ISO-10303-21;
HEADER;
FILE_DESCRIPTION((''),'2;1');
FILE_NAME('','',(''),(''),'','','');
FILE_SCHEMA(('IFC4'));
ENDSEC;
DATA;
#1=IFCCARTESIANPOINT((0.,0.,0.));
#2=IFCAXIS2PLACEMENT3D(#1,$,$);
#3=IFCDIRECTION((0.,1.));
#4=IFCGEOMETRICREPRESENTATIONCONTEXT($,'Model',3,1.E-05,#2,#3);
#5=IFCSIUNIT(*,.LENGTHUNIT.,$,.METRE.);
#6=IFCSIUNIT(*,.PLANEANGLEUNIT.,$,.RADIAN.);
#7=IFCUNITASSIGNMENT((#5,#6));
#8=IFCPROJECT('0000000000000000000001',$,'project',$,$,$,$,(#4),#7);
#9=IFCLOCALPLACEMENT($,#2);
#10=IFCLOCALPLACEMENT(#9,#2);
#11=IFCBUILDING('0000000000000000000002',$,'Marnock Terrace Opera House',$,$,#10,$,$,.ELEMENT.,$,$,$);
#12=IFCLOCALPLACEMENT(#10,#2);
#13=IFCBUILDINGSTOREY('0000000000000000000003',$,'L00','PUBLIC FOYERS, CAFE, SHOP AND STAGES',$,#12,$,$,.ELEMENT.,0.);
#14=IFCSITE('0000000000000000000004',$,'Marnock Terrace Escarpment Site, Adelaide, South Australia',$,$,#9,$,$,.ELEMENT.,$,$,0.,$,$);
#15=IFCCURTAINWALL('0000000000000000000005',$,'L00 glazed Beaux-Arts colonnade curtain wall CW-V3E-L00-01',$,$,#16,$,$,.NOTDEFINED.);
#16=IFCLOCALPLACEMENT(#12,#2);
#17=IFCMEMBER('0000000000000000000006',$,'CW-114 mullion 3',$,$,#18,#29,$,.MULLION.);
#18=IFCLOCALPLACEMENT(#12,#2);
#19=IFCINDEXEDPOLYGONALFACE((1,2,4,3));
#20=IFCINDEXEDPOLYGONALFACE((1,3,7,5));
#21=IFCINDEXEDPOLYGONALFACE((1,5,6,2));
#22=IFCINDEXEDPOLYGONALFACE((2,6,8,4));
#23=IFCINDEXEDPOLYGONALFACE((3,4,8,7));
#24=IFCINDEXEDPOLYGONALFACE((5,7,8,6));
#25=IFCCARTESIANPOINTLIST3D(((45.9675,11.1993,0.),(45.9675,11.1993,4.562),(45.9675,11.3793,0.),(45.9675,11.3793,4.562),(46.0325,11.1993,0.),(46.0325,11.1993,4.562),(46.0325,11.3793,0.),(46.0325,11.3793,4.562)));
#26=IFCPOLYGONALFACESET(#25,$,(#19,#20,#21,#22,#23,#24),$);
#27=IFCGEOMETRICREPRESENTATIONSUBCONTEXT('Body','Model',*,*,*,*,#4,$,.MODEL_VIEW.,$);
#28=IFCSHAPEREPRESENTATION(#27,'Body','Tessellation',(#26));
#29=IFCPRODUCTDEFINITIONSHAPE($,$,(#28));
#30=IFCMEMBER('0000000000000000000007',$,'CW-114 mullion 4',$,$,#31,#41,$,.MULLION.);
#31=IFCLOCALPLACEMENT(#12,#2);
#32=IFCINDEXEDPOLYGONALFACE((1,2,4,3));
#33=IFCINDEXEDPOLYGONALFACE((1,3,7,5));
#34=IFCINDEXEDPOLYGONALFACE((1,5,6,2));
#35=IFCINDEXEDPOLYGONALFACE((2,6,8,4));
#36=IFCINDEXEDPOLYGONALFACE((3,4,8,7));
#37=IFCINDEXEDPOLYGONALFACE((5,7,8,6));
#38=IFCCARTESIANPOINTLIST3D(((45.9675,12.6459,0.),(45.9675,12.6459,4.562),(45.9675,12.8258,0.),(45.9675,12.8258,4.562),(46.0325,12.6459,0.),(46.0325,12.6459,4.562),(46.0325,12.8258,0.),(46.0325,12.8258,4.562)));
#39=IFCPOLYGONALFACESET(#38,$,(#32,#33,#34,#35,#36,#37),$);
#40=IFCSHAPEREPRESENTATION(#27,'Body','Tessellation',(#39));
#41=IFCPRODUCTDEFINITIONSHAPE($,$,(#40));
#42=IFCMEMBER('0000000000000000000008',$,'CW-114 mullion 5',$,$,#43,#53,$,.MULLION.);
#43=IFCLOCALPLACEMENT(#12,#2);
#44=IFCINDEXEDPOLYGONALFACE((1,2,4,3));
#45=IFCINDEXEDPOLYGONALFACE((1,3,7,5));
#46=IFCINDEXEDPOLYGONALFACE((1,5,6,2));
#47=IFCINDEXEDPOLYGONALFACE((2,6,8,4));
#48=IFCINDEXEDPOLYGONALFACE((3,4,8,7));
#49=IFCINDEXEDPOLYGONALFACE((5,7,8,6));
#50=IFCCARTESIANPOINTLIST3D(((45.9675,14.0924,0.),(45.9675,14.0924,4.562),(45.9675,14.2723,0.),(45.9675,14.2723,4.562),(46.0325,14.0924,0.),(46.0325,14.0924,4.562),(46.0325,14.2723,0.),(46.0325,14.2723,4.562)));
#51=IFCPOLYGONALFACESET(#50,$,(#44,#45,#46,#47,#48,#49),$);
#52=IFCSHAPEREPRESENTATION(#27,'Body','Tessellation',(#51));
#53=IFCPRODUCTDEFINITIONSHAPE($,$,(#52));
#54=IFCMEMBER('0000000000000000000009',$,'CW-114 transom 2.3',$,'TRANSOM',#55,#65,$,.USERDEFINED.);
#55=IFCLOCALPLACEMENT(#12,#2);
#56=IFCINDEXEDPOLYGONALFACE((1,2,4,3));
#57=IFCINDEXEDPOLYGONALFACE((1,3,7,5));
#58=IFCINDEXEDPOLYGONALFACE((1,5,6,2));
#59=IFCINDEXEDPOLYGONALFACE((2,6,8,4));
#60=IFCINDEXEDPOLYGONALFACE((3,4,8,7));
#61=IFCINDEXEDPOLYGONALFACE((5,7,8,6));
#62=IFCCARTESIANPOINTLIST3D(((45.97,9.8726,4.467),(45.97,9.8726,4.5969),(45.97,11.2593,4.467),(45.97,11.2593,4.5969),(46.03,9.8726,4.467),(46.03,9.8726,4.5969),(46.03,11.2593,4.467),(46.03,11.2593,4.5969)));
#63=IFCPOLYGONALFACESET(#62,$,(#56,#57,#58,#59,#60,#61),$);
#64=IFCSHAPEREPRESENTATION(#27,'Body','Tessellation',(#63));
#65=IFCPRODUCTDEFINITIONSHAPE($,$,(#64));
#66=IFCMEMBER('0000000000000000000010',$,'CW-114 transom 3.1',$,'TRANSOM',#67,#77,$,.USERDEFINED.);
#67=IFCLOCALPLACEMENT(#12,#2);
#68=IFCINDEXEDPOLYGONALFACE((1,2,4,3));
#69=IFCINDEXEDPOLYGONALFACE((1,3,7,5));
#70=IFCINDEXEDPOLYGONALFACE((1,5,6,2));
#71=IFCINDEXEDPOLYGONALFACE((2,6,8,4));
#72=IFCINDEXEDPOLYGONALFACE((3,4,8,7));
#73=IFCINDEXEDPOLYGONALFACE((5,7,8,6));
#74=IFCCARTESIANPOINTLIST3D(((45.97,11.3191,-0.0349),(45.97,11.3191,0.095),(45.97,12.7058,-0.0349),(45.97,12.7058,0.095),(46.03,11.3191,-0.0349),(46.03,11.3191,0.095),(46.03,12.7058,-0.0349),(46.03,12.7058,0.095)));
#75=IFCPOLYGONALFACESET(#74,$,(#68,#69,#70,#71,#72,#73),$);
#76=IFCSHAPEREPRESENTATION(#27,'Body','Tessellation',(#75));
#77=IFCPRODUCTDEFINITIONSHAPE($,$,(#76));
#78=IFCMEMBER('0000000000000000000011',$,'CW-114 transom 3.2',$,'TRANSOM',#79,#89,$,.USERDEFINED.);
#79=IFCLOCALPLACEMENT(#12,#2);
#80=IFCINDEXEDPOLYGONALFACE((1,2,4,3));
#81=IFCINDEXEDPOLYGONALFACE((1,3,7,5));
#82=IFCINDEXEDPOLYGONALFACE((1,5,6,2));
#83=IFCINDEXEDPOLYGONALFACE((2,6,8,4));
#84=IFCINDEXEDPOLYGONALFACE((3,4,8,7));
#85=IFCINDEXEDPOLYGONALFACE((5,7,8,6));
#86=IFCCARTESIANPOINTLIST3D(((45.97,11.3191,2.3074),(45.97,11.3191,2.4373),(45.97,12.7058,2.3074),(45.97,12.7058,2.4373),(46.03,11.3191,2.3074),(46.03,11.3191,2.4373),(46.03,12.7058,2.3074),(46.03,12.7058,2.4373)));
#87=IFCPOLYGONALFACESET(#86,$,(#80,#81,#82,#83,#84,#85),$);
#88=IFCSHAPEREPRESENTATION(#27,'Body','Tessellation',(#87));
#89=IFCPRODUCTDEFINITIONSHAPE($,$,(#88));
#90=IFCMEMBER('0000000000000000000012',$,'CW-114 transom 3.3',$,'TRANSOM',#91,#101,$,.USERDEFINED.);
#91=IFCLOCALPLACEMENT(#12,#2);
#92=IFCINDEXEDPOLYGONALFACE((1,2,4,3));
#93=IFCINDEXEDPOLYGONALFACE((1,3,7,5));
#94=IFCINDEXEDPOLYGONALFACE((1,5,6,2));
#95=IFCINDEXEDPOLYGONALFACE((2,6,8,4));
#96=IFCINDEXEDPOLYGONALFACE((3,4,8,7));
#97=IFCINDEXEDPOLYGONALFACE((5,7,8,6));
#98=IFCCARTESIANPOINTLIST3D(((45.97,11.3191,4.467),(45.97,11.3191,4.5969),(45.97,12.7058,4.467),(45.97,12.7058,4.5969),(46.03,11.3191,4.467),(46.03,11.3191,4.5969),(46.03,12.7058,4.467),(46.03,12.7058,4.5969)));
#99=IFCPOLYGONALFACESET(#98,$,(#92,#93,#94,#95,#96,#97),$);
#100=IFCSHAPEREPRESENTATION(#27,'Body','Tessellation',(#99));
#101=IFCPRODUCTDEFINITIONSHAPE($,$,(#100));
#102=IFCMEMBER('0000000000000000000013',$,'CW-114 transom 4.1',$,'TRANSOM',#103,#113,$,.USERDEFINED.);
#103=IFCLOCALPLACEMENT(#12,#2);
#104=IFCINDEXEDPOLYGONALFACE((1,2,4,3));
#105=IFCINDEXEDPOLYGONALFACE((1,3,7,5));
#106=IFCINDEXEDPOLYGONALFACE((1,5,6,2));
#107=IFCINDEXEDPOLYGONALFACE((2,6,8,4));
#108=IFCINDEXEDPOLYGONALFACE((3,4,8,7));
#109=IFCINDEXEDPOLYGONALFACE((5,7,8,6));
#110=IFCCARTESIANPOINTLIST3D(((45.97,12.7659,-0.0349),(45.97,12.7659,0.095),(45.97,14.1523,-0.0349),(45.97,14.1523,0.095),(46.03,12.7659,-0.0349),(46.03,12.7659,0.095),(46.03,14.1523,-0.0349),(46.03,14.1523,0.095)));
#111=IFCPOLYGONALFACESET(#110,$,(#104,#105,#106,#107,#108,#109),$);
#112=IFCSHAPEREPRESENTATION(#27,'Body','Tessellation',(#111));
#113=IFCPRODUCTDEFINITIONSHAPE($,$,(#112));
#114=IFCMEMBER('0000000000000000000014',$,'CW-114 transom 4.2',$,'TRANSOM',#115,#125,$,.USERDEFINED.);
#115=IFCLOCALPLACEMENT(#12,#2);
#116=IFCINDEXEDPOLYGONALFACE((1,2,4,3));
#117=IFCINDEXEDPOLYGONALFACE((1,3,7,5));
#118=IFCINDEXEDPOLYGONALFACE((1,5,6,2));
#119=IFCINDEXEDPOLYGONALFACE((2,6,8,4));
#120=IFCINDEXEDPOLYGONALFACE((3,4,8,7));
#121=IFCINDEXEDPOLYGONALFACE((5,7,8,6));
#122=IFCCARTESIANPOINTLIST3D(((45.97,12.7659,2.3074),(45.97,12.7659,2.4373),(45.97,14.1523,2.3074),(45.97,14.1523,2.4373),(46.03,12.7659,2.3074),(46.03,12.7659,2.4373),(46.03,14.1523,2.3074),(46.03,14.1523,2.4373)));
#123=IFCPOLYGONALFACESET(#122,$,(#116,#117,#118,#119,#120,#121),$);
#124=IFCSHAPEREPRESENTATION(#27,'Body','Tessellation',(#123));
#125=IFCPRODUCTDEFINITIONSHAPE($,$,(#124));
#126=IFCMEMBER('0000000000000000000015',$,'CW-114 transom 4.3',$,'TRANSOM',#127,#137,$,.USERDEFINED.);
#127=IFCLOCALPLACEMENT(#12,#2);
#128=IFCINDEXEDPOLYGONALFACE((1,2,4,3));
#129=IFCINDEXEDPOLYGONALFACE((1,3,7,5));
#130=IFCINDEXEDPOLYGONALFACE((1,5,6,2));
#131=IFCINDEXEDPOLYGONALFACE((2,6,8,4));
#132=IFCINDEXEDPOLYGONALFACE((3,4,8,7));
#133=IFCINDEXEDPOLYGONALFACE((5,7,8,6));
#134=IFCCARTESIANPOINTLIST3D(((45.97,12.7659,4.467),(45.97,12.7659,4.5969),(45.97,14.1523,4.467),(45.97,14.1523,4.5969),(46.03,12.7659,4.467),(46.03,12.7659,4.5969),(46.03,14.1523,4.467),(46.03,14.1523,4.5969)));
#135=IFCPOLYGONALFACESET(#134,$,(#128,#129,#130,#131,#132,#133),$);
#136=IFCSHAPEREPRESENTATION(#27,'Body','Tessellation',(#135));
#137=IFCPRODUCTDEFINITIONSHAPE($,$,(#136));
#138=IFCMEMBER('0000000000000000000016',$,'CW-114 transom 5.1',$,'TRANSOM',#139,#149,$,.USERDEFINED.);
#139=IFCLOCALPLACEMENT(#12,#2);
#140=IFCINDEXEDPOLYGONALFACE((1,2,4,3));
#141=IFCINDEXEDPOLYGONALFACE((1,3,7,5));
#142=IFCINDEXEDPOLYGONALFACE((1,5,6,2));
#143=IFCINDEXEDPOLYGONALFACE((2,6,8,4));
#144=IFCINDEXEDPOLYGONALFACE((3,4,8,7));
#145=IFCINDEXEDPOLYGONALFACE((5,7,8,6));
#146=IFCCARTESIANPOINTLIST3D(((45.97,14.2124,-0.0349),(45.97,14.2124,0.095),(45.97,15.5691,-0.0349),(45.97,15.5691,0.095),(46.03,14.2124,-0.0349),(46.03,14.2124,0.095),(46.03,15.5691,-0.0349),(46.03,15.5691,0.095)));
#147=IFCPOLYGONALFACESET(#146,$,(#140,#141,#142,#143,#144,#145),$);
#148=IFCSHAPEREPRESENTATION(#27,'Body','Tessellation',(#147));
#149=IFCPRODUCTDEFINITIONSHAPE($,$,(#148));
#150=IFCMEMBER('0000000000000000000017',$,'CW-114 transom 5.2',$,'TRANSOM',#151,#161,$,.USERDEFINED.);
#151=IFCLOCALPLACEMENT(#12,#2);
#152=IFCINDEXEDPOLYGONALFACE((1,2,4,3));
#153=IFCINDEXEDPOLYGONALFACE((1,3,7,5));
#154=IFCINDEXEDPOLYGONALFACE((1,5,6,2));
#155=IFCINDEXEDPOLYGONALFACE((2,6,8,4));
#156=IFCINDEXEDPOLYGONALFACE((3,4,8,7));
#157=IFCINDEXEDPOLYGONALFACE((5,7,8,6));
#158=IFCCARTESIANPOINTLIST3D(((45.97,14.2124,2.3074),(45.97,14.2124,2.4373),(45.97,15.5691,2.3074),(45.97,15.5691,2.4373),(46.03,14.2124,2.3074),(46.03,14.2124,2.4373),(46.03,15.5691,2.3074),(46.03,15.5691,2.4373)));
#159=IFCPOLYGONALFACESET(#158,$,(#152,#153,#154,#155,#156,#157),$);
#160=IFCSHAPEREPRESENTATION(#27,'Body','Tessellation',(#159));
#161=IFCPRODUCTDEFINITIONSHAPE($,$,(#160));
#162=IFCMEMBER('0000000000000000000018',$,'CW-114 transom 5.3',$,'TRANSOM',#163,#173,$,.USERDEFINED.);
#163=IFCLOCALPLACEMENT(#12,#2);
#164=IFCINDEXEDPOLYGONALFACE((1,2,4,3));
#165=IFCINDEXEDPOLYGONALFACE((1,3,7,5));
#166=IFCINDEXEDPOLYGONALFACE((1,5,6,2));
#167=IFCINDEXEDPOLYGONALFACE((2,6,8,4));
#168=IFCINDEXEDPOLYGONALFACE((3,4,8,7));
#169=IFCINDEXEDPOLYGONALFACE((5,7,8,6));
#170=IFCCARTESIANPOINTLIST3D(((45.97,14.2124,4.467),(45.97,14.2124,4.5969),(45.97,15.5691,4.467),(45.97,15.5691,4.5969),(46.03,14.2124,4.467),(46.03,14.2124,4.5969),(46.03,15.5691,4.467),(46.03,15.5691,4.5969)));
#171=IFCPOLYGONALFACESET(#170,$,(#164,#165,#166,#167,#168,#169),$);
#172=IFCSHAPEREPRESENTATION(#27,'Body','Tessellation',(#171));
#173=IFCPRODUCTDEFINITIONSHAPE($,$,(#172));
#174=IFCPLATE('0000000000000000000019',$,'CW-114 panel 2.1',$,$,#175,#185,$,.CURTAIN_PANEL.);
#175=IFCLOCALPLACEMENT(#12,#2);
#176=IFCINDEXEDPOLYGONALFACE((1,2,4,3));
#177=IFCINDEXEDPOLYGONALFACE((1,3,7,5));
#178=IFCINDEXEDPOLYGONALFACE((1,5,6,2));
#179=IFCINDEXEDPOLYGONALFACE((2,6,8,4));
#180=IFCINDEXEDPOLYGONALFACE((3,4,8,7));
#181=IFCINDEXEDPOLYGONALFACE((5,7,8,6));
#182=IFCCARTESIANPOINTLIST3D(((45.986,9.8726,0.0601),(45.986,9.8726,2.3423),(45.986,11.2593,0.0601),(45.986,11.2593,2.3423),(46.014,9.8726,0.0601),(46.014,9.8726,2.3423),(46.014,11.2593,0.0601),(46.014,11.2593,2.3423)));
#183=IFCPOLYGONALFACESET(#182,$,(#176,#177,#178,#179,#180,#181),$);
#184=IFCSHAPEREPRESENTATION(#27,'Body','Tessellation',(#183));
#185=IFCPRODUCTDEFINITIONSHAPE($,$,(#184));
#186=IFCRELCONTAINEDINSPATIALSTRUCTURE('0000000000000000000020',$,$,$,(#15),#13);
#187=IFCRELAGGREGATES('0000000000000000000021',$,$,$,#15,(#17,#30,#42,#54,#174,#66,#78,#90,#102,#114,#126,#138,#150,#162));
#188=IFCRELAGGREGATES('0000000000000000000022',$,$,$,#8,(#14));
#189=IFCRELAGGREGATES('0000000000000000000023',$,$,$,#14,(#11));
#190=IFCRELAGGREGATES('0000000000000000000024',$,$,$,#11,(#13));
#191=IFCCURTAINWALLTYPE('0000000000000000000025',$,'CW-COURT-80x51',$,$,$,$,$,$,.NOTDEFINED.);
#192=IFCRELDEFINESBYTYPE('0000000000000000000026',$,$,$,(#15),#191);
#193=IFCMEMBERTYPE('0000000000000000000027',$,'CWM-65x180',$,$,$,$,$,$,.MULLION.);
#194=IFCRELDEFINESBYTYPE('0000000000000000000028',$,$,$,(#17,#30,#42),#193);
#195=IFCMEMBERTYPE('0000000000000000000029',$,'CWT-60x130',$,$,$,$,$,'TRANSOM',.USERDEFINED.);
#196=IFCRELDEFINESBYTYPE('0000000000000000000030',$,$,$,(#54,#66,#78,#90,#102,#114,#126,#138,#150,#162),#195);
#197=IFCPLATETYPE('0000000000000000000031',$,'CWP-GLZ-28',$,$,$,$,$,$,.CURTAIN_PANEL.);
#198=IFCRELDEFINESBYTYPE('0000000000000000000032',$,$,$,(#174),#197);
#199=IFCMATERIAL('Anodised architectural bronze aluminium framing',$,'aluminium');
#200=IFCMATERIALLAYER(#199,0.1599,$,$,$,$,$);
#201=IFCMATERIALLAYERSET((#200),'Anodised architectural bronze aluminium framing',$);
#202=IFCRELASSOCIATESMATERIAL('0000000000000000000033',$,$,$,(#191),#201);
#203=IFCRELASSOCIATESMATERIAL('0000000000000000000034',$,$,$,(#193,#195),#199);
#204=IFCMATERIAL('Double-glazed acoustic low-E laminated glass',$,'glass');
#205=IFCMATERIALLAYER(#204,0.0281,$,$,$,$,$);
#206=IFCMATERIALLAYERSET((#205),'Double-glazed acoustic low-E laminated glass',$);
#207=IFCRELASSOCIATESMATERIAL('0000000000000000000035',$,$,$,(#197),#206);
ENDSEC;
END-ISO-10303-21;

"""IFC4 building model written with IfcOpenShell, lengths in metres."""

from ifc_helpers import new_model, si_unit, direction, frame, origin, origin_2d, place, context, subcontext, project, spatial, rectangle, extrude, material, layer, layer_set, material_profile, profile_set, type_object, element, aggregate, save


model = new_model("IFC4")

# Units and contexts
model_context = context("Model", 3, precision=1e-05, world=origin(), true_north=direction((0.0, 1.0)))
body_context = subcontext(model_context, "Body", "Model", "MODEL_VIEW")
ifc_project = project(units=[si_unit("LENGTHUNIT", "METRE"), si_unit("PLANEANGLEUNIT", "RADIAN")], contexts=[model_context])

# Site, building, storey
site_placement = place(None, origin())
site = spatial("IfcSite", under=ifc_project, at=site_placement, Name="Marnock Terrace Escarpment Site, Adelaide, South Australia", CompositionType="ELEMENT", RefElevation=0.0)
building_placement = place(site_placement, origin())
building = spatial("IfcBuilding", under=site, at=building_placement, Name="Marnock Terrace Opera House", CompositionType="ELEMENT")
storey_placement = place(building_placement, origin())
storey = spatial("IfcBuildingStorey", under=building, at=storey_placement, Name="L00", Description="PUBLIC FOYERS, CAFE, SHOP AND STAGES", CompositionType="ELEMENT", Elevation=0.0)

# Curtain wall, members, plate
ifc_material_1 = material(Name="Anodised architectural bronze aluminium framing", Category="aluminium")
ifc_layer_1 = layer(ifc_material_1, 0.1599)
ifc_layer_set_1 = layer_set([ifc_layer_1], Name="Anodised architectural bronze aluminium framing")
curtain_wall_type = type_object("IfcCurtainWallType", Name="CW-COURT-80x51", PredefinedType="NOTDEFINED", material=ifc_layer_set_1)
curtain_wall_placement = place(storey_placement, origin())
curtain_wall = element("IfcCurtainWall", 1, at=curtain_wall_placement, inside=storey, type_object=curtain_wall_type, Name="L00 glazed Beaux-Arts colonnade curtain wall CW-V3E-L00-01", PredefinedType="NOTDEFINED")
ifc_material_profile_1 = material_profile(ifc_material_1, rectangle(XDim=0.0649, YDim=0.1799, at=origin_2d()))
ifc_profile_set_1 = profile_set([ifc_material_profile_1], Name="Anodised architectural bronze aluminium framing")
member_type_1 = type_object("IfcMemberType", Name="CWM-65x180", PredefinedType="MULLION", material=ifc_profile_set_1)
member_1_placement = place(storey_placement, frame((46.0, 11.2893, 0.0), z_axis=(0.0, 0.0, 1.0), x_axis=(-1.0, 0.0, 0.0)))
member_1 = element("IfcMember", 2, at=member_1_placement, type_object=member_type_1, Name="CW-114 mullion 3", PredefinedType="MULLION", context=body_context, shape_type="SweptSolid", body=[
    extrude(rectangle(XDim=0.0649, YDim=0.1799, at=origin_2d()), origin(), (0.0, 0.0, 1.0), 4.562),
])
member_2_placement = place(storey_placement, frame((46.0, 12.7358, 0.0), z_axis=(0.0, 0.0, 1.0), x_axis=(-1.0, 0.0, 0.0)))
member_2 = element("IfcMember", 3, at=member_2_placement, type_object=member_type_1, Name="CW-114 mullion 4", PredefinedType="MULLION", context=body_context, shape_type="SweptSolid", body=[
    extrude(rectangle(XDim=0.0649, YDim=0.1799, at=origin_2d()), origin(), (0.0, 0.0, 1.0), 4.562),
])
member_3_placement = place(storey_placement, frame((46.0, 14.1824, 0.0), z_axis=(0.0, 0.0, 1.0), x_axis=(-1.0, 0.0, 0.0)))
member_3 = element("IfcMember", 4, at=member_3_placement, type_object=member_type_1, Name="CW-114 mullion 5", PredefinedType="MULLION", context=body_context, shape_type="SweptSolid", body=[
    extrude(rectangle(XDim=0.0649, YDim=0.1799, at=origin_2d()), origin(), (0.0, 0.0, 1.0), 4.562),
])
ifc_material_profile_2 = material_profile(ifc_material_1, rectangle(XDim=0.0601, YDim=0.1299, at=origin_2d()))
ifc_profile_set_2 = profile_set([ifc_material_profile_2], Name="Anodised architectural bronze aluminium framing")
member_type_2 = type_object("IfcMemberType", Name="CWT-60x130", ElementType="TRANSOM", PredefinedType="USERDEFINED", material=ifc_profile_set_2)
member_4_placement = place(storey_placement, frame((46.0, 9.8726, 4.532), z_axis=(0.0, 1.0, 0.0), x_axis=(-1.0, 0.0, 0.0)))
member_4 = element("IfcMember", 5, at=member_4_placement, type_object=member_type_2, Name="CW-114 transom 2.3", ObjectType="TRANSOM", PredefinedType="USERDEFINED", context=body_context, shape_type="SweptSolid", body=[
    extrude(rectangle(XDim=0.0601, YDim=0.1299, at=origin_2d()), origin(), (0.0, 0.0, 1.0), 1.3867),
])
member_5_placement = place(storey_placement, frame((46.0, 11.3191, 0.03), z_axis=(0.0, 1.0, 0.0), x_axis=(-1.0, 0.0, 0.0)))
member_5 = element("IfcMember", 6, at=member_5_placement, type_object=member_type_2, Name="CW-114 transom 3.1", ObjectType="TRANSOM", PredefinedType="USERDEFINED", context=body_context, shape_type="SweptSolid", body=[
    extrude(rectangle(XDim=0.0601, YDim=0.1299, at=origin_2d()), origin(), (0.0, 0.0, 1.0), 1.3867),
])
member_6_placement = place(storey_placement, frame((46.0, 11.3191, 2.3723), z_axis=(0.0, 1.0, 0.0), x_axis=(-1.0, 0.0, 0.0)))
member_6 = element("IfcMember", 7, at=member_6_placement, type_object=member_type_2, Name="CW-114 transom 3.2", ObjectType="TRANSOM", PredefinedType="USERDEFINED", context=body_context, shape_type="SweptSolid", body=[
    extrude(rectangle(XDim=0.0601, YDim=0.1299, at=origin_2d()), origin(), (0.0, 0.0, 1.0), 1.3867),
])
member_7_placement = place(storey_placement, frame((46.0, 11.3191, 4.532), z_axis=(0.0, 1.0, 0.0), x_axis=(-1.0, 0.0, 0.0)))
member_7 = element("IfcMember", 8, at=member_7_placement, type_object=member_type_2, Name="CW-114 transom 3.3", ObjectType="TRANSOM", PredefinedType="USERDEFINED", context=body_context, shape_type="SweptSolid", body=[
    extrude(rectangle(XDim=0.0601, YDim=0.1299, at=origin_2d()), origin(), (0.0, 0.0, 1.0), 1.3867),
])
member_8_placement = place(storey_placement, frame((46.0, 12.7659, 0.03), z_axis=(0.0, 1.0, 0.0), x_axis=(-1.0, 0.0, 0.0)))
member_8 = element("IfcMember", 9, at=member_8_placement, type_object=member_type_2, Name="CW-114 transom 4.1", ObjectType="TRANSOM", PredefinedType="USERDEFINED", context=body_context, shape_type="SweptSolid", body=[
    extrude(rectangle(XDim=0.0601, YDim=0.1299, at=origin_2d()), origin(), (0.0, 0.0, 1.0), 1.3865),
])
member_9_placement = place(storey_placement, frame((46.0, 12.7659, 2.3723), z_axis=(0.0, 1.0, 0.0), x_axis=(-1.0, 0.0, 0.0)))
member_9 = element("IfcMember", 10, at=member_9_placement, type_object=member_type_2, Name="CW-114 transom 4.2", ObjectType="TRANSOM", PredefinedType="USERDEFINED", context=body_context, shape_type="SweptSolid", body=[
    extrude(rectangle(XDim=0.0601, YDim=0.1299, at=origin_2d()), origin(), (0.0, 0.0, 1.0), 1.3865),
])
member_10_placement = place(storey_placement, frame((46.0, 12.7659, 4.532), z_axis=(0.0, 1.0, 0.0), x_axis=(-1.0, 0.0, 0.0)))
member_10 = element("IfcMember", 11, at=member_10_placement, type_object=member_type_2, Name="CW-114 transom 4.3", ObjectType="TRANSOM", PredefinedType="USERDEFINED", context=body_context, shape_type="SweptSolid", body=[
    extrude(rectangle(XDim=0.0601, YDim=0.1299, at=origin_2d()), origin(), (0.0, 0.0, 1.0), 1.3865),
])
member_11_placement = place(storey_placement, frame((46.0, 14.2124, 0.03), z_axis=(0.0, 1.0, 0.0), x_axis=(-1.0, 0.0, 0.0)))
member_11 = element("IfcMember", 12, at=member_11_placement, type_object=member_type_2, Name="CW-114 transom 5.1", ObjectType="TRANSOM", PredefinedType="USERDEFINED", context=body_context, shape_type="SweptSolid", body=[
    extrude(rectangle(XDim=0.0601, YDim=0.1299, at=origin_2d()), origin(), (0.0, 0.0, 1.0), 1.3567),
])
member_12_placement = place(storey_placement, frame((46.0, 14.2124, 2.3723), z_axis=(0.0, 1.0, 0.0), x_axis=(-1.0, 0.0, 0.0)))
member_12 = element("IfcMember", 13, at=member_12_placement, type_object=member_type_2, Name="CW-114 transom 5.2", ObjectType="TRANSOM", PredefinedType="USERDEFINED", context=body_context, shape_type="SweptSolid", body=[
    extrude(rectangle(XDim=0.0601, YDim=0.1299, at=origin_2d()), origin(), (0.0, 0.0, 1.0), 1.3567),
])
member_13_placement = place(storey_placement, frame((46.0, 14.2124, 4.532), z_axis=(0.0, 1.0, 0.0), x_axis=(-1.0, 0.0, 0.0)))
member_13 = element("IfcMember", 14, at=member_13_placement, type_object=member_type_2, Name="CW-114 transom 5.3", ObjectType="TRANSOM", PredefinedType="USERDEFINED", context=body_context, shape_type="SweptSolid", body=[
    extrude(rectangle(XDim=0.0601, YDim=0.1299, at=origin_2d()), origin(), (0.0, 0.0, 1.0), 1.3567),
])
ifc_material_2 = material(Name="Double-glazed acoustic low-E laminated glass", Category="glass")
ifc_layer_2 = layer(ifc_material_2, 0.0281)
ifc_layer_set_2 = layer_set([ifc_layer_2], Name="Double-glazed acoustic low-E laminated glass")
plate_type = type_object("IfcPlateType", Name="CWP-GLZ-28", PredefinedType="CURTAIN_PANEL", material=ifc_layer_set_2)
plate_1_placement = place(storey_placement, frame((46.0, 10.5659, 0.0601), z_axis=(0.0, 0.0, 1.0), x_axis=(0.0, 1.0, 0.0)))
plate_1 = element("IfcPlate", 15, at=plate_1_placement, type_object=plate_type, Name="CW-114 panel 2.1", PredefinedType="CURTAIN_PANEL", context=body_context, shape_type="SweptSolid", body=[
    extrude(rectangle(XDim=1.3867, YDim=0.0281, at=origin_2d()), origin(), (0.0, 0.0, 1.0), 2.2822),
])
aggregate(curtain_wall, [member_1, member_2, member_3, member_4, plate_1, member_5, member_6, member_7, member_8, member_9, member_10, member_11, member_12, member_13])

save(model, "model.ifc")
